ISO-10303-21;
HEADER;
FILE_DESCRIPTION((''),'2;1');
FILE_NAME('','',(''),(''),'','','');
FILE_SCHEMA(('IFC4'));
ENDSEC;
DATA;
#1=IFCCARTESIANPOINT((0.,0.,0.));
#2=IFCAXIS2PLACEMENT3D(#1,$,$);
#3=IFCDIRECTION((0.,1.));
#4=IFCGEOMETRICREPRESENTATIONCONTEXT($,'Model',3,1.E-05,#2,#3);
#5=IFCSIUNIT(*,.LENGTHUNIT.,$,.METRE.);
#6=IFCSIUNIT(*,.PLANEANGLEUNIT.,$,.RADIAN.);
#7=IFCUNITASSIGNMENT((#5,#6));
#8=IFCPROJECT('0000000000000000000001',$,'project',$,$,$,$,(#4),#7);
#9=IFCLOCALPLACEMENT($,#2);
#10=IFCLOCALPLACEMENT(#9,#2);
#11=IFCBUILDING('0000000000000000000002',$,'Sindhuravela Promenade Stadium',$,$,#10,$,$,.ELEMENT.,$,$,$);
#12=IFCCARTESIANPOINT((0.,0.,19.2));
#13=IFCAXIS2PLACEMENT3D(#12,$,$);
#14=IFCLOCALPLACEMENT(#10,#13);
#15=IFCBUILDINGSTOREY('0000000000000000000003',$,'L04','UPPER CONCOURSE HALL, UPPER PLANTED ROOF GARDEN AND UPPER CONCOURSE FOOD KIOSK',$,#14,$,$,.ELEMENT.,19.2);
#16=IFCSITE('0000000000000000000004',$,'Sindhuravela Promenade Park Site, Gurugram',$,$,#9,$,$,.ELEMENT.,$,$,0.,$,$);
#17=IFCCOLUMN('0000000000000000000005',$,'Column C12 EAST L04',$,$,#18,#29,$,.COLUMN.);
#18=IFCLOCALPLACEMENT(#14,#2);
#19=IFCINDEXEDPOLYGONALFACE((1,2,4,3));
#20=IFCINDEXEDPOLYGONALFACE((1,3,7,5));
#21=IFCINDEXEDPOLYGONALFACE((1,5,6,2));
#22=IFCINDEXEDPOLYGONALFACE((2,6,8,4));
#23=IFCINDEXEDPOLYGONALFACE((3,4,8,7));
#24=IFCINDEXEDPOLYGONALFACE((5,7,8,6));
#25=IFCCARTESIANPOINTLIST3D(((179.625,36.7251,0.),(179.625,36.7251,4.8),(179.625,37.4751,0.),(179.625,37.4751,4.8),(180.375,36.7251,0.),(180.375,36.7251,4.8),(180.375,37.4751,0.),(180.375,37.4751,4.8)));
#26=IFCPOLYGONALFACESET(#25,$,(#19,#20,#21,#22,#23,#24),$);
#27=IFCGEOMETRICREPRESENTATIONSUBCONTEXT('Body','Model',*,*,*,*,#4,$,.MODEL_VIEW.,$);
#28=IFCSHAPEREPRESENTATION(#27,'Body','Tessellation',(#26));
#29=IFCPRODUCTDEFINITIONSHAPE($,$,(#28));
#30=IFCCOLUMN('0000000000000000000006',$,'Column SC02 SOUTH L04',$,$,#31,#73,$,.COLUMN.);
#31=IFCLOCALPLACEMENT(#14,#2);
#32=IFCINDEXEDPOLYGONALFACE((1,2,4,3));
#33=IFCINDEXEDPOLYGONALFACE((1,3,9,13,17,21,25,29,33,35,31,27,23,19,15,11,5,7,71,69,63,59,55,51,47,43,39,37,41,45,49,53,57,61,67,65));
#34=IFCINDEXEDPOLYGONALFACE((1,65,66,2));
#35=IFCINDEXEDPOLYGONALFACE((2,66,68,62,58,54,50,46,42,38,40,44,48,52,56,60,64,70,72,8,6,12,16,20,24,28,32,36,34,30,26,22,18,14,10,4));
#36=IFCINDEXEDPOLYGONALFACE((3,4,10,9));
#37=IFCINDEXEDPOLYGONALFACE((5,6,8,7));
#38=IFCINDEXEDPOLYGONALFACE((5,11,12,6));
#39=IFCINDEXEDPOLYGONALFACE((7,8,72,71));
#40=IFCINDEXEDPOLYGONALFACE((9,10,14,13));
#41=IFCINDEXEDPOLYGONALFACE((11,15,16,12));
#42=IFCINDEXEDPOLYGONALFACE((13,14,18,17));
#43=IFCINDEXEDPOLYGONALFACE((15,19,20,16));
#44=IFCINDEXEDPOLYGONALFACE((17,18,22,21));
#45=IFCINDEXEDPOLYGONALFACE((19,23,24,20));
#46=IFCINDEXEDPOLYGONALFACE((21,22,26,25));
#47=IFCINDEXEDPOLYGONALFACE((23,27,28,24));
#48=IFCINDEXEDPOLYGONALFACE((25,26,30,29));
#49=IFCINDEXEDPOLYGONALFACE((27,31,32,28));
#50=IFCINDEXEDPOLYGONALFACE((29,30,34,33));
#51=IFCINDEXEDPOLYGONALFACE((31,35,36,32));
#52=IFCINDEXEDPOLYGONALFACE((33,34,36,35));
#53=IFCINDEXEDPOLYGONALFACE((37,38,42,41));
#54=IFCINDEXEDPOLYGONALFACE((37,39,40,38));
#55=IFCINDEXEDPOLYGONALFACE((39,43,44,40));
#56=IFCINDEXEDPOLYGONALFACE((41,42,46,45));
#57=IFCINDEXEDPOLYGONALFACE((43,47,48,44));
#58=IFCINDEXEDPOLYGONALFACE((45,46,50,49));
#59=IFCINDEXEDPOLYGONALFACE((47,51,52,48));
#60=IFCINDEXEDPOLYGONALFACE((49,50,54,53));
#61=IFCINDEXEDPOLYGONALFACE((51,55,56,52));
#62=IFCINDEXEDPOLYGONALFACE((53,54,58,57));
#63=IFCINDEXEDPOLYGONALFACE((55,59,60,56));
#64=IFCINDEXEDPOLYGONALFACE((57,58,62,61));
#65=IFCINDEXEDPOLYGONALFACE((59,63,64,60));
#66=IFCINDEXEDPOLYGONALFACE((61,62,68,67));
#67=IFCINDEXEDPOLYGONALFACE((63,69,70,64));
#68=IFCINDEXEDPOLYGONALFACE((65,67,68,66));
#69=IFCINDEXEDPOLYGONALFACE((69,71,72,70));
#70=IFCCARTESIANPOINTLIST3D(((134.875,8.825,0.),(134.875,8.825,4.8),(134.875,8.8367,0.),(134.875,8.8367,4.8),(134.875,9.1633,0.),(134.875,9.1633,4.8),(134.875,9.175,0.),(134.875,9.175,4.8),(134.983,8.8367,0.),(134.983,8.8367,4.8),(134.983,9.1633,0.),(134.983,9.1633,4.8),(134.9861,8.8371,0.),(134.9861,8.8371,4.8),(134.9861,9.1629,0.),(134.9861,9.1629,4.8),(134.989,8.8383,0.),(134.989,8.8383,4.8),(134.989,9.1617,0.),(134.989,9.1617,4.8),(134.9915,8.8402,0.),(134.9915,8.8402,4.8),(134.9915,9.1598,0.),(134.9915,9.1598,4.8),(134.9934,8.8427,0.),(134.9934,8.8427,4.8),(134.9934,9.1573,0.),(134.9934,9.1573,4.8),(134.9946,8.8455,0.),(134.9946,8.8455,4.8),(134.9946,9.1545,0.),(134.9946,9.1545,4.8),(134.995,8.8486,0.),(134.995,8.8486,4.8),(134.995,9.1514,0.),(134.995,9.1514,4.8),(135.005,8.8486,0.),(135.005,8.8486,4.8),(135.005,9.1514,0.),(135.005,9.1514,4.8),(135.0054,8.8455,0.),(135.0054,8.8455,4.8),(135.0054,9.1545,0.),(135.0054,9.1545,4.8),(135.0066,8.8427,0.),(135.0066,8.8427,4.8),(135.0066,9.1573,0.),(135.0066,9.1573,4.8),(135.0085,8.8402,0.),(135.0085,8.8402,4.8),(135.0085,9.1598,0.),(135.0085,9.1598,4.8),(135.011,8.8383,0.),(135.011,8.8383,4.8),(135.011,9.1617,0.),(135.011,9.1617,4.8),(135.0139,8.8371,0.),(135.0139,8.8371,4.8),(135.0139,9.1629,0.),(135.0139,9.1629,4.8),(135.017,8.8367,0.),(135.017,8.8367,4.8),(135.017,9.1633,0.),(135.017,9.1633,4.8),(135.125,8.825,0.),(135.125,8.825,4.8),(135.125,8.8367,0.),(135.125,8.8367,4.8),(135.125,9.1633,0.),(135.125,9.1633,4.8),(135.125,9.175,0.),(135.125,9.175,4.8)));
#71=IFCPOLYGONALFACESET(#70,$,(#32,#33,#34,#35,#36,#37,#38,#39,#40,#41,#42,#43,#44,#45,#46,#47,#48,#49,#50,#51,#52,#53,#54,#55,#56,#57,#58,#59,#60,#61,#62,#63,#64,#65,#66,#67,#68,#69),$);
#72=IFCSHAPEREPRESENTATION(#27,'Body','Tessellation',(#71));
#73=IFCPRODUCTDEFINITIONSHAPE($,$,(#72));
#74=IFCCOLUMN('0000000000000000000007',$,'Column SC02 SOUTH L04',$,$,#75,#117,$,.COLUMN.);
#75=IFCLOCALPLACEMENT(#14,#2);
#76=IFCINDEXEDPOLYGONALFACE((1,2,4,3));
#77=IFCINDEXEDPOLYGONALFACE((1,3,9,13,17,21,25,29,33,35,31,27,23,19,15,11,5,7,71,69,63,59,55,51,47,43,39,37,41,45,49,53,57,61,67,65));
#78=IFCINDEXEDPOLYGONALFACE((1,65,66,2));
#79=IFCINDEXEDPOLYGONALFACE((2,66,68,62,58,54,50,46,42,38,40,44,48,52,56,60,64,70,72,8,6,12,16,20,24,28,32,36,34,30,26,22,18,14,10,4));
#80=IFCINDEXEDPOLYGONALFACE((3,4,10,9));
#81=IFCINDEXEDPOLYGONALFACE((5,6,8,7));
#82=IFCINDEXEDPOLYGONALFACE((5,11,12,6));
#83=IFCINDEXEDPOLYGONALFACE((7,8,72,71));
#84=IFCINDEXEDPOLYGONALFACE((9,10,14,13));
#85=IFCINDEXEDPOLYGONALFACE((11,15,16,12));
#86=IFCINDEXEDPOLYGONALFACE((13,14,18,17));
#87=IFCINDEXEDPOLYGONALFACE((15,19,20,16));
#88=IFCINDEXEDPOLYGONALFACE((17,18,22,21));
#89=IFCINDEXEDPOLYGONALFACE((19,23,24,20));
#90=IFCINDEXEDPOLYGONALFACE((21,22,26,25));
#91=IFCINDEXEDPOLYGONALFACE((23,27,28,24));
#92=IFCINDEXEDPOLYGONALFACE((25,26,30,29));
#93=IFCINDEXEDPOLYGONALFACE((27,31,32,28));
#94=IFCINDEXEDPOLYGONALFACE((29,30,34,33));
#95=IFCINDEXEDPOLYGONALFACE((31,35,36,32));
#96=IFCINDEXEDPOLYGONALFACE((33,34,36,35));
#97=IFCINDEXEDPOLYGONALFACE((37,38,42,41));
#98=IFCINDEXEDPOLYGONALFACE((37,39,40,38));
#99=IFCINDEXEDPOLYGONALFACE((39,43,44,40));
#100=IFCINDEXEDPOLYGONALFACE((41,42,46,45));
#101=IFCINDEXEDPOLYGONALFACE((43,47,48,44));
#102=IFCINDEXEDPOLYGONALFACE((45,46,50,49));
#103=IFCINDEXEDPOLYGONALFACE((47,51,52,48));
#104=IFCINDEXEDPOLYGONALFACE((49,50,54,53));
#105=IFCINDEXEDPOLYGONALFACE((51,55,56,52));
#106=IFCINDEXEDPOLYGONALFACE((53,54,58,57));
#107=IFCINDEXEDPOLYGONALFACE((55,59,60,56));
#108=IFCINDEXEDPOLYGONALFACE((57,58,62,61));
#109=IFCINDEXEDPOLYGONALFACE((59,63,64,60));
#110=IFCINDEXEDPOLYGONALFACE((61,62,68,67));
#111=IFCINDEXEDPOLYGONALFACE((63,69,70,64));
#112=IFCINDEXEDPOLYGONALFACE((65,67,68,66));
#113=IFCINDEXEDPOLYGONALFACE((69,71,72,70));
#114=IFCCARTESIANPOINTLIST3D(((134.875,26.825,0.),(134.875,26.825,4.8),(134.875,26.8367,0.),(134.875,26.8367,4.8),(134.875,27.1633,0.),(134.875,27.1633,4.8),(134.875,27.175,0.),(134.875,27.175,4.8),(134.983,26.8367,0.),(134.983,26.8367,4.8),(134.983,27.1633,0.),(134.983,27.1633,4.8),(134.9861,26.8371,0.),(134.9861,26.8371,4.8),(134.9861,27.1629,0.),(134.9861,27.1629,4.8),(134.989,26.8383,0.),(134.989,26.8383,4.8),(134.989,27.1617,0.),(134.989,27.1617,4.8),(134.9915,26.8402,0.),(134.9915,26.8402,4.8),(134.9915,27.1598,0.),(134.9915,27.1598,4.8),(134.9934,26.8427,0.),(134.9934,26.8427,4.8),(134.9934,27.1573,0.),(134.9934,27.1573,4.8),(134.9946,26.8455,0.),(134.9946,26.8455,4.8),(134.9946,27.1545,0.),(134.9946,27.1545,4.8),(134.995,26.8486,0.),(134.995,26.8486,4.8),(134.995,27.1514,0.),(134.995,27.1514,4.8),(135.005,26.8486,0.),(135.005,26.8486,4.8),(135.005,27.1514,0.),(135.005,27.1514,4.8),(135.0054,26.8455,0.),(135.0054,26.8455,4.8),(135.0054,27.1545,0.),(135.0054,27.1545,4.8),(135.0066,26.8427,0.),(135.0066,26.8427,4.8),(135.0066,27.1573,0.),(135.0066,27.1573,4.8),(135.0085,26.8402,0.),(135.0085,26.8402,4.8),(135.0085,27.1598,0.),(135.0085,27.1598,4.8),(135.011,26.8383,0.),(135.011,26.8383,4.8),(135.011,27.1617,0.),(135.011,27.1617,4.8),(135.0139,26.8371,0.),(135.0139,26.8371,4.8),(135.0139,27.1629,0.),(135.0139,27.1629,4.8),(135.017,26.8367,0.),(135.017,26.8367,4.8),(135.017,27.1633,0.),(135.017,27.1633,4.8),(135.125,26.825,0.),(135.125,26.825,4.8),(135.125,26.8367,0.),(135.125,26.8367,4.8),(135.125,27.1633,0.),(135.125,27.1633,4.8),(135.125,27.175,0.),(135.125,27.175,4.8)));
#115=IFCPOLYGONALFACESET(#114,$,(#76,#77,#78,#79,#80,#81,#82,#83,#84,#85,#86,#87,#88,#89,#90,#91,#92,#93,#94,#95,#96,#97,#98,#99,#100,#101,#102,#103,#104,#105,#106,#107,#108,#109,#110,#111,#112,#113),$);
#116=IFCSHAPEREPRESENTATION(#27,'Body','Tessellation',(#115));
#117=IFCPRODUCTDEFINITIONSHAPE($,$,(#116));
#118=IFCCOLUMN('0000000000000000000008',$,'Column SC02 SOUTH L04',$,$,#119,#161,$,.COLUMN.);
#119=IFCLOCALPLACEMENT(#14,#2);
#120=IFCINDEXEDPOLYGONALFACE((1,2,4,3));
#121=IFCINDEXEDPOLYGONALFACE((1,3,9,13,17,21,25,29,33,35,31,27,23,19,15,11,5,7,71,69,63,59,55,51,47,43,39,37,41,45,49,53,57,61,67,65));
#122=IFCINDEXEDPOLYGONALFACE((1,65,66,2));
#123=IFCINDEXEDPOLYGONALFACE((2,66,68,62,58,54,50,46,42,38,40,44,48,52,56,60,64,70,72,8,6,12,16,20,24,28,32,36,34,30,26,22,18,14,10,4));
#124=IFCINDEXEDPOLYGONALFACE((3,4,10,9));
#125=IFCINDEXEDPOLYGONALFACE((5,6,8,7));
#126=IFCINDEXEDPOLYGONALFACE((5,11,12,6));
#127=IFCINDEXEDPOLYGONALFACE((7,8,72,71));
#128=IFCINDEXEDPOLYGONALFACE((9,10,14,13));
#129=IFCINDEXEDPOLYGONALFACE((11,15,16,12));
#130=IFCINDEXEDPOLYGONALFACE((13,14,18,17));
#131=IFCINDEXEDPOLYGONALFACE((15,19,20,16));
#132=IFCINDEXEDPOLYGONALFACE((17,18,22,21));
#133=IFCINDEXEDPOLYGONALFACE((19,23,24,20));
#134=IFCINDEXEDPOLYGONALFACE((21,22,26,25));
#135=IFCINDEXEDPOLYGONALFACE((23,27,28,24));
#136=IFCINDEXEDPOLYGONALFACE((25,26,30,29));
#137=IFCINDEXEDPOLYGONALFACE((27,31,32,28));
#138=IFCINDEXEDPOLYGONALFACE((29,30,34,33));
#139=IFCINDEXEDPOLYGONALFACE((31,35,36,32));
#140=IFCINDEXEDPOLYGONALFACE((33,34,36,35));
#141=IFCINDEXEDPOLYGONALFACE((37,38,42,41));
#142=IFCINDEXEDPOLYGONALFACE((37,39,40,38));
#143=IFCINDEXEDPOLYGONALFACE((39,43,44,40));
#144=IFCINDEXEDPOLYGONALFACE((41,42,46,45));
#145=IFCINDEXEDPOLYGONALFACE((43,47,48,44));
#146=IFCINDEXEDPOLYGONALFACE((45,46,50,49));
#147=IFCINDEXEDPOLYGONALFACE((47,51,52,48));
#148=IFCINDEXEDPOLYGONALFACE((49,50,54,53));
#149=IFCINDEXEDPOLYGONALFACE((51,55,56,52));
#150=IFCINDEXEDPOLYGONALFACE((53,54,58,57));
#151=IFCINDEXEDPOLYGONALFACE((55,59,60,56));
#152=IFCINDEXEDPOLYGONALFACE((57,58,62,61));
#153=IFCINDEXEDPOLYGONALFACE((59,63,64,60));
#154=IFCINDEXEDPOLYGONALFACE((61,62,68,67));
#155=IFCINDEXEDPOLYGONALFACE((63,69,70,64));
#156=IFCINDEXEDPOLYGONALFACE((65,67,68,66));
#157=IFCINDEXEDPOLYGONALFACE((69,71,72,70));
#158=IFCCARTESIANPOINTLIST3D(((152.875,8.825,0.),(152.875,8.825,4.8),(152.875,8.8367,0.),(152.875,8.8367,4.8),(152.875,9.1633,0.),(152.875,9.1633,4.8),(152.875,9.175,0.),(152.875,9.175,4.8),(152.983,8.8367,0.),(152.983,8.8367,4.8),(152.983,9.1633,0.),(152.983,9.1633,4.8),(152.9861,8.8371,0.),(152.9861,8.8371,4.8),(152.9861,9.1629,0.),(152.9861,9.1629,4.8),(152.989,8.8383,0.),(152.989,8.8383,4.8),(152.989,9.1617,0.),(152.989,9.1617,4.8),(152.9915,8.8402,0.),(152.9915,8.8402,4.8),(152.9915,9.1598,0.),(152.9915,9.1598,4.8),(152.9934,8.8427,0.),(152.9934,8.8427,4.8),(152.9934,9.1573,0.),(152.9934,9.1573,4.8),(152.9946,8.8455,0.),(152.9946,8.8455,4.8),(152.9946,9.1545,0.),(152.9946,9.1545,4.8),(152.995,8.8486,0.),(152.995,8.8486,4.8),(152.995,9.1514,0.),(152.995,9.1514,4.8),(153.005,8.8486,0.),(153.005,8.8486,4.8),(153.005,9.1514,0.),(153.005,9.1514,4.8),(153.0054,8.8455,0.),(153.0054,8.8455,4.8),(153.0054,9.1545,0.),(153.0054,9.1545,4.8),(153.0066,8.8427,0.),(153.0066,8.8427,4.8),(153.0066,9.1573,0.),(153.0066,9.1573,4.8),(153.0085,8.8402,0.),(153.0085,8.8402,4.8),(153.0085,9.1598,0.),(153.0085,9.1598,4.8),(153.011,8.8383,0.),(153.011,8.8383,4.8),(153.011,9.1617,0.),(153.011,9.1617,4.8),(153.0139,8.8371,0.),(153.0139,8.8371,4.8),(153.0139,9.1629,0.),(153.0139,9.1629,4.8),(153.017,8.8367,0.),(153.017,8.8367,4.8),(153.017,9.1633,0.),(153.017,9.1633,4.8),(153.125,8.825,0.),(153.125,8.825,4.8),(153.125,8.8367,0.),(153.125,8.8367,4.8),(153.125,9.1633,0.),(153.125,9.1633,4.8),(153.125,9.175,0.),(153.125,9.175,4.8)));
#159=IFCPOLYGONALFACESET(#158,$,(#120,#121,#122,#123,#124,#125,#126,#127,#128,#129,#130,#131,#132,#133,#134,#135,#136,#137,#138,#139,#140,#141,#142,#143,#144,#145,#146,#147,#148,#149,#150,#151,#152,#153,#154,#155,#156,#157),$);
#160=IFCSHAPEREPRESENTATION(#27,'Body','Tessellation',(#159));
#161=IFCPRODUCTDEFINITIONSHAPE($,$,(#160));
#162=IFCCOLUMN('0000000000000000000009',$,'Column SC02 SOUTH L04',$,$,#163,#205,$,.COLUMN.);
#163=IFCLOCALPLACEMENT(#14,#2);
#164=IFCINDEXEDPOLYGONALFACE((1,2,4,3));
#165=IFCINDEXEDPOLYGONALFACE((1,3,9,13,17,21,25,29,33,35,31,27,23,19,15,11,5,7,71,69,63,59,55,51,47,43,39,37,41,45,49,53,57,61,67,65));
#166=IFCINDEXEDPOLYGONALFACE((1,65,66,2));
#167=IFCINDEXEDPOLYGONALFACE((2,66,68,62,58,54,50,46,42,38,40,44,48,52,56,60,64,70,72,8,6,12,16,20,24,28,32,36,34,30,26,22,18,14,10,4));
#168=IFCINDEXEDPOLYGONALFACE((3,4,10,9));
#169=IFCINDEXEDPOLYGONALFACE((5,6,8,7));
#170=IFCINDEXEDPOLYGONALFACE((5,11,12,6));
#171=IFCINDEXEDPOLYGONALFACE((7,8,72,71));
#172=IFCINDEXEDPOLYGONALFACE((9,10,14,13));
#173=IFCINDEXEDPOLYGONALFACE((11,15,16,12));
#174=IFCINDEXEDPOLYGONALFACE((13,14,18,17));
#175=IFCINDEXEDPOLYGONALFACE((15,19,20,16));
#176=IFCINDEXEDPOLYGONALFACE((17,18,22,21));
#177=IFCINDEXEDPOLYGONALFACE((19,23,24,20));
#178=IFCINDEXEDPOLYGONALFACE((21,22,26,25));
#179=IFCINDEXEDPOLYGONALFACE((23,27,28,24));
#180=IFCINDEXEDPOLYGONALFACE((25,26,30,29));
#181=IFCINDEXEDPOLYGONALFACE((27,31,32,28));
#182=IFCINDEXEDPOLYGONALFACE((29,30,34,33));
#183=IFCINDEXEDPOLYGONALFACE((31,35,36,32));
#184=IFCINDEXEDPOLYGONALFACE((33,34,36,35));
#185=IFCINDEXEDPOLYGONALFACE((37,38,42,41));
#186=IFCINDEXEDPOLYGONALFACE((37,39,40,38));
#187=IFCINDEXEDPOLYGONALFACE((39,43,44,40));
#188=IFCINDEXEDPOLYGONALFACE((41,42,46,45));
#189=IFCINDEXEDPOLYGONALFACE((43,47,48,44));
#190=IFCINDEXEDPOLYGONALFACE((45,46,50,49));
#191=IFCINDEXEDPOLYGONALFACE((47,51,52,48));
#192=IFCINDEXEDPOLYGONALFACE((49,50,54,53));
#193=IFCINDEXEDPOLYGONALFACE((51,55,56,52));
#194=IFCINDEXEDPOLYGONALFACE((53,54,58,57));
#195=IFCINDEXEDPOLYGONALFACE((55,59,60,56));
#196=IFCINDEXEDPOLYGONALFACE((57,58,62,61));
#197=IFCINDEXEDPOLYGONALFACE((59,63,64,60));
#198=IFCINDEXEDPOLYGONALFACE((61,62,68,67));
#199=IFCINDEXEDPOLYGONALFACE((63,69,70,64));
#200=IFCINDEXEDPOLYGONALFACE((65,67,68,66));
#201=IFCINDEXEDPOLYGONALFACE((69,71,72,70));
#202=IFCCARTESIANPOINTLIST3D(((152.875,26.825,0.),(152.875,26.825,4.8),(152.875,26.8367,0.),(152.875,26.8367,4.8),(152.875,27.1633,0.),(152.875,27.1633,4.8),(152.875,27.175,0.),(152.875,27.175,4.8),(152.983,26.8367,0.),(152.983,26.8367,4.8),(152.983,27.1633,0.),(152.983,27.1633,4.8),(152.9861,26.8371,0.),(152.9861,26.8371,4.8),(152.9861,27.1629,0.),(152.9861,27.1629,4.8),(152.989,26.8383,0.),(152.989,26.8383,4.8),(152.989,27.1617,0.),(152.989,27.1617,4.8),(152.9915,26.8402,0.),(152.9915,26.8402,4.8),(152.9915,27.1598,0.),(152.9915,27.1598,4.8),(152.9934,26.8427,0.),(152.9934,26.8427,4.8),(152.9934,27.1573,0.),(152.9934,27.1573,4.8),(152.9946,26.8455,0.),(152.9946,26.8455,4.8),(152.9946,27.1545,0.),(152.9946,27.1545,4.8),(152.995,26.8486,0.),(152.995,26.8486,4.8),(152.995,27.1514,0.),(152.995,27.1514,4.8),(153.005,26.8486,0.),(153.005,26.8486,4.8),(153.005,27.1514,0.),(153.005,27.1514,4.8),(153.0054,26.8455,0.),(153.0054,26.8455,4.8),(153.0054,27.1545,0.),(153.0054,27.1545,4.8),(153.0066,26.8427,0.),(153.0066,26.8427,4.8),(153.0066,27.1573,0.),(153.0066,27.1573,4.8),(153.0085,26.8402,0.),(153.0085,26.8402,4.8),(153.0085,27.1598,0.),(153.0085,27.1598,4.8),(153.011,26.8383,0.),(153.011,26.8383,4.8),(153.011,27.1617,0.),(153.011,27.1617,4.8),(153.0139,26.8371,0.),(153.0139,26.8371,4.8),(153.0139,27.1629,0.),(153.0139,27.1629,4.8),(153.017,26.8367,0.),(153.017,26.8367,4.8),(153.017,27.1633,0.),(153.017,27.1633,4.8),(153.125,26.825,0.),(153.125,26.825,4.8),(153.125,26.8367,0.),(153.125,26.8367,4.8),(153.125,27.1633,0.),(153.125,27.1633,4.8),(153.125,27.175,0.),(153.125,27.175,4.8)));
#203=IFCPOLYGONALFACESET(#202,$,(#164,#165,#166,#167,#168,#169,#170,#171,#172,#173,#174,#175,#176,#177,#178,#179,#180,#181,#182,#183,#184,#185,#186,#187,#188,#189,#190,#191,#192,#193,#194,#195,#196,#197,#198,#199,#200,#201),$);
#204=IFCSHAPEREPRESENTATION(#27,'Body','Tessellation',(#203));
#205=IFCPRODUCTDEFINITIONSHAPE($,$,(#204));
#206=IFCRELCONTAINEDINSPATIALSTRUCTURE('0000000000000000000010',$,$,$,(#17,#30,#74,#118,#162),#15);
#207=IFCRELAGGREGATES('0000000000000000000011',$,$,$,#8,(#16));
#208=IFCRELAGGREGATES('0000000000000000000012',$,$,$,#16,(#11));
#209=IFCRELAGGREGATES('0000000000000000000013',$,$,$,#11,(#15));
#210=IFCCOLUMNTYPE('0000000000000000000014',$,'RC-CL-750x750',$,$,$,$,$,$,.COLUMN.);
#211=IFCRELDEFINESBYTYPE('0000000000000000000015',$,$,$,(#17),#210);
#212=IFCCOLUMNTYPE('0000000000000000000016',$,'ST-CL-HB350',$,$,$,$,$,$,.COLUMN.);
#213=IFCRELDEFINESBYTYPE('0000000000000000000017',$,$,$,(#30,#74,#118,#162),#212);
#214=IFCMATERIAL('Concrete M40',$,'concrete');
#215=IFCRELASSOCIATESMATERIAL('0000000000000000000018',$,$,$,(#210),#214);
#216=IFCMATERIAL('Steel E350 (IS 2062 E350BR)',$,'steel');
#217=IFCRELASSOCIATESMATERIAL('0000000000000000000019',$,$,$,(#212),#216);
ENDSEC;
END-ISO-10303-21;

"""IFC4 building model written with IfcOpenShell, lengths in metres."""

from ifc_helpers import new_model, si_unit, direction, frame, origin, origin_2d, place, context, subcontext, project, spatial, rectangle, i_section, extrude, material, material_profile, profile_set, type_object, element, save


model = new_model("IFC4")

# Units and contexts
model_context = context("Model", 3, precision=1e-05, world=origin(), true_north=direction((0.0, 1.0)))
body_context = subcontext(model_context, "Body", "Model", "MODEL_VIEW")
ifc_project = project(units=[si_unit("LENGTHUNIT", "METRE"), si_unit("PLANEANGLEUNIT", "RADIAN")], contexts=[model_context])

# Site, building, storey
site_placement = place(None, origin())
site = spatial("IfcSite", under=ifc_project, at=site_placement, Name="Sindhuravela Promenade Park Site, Gurugram", CompositionType="ELEMENT", RefElevation=0.0)
building_placement = place(site_placement, origin())
building = spatial("IfcBuilding", under=site, at=building_placement, Name="Sindhuravela Promenade Stadium", CompositionType="ELEMENT")
storey_placement = place(building_placement, frame((0.0, 0.0, 19.2)))
storey = spatial("IfcBuildingStorey", under=building, at=storey_placement, Name="L04", Description="UPPER CONCOURSE HALL, UPPER PLANTED ROOF GARDEN AND UPPER CONCOURSE FOOD KIOSK", CompositionType="ELEMENT", Elevation=19.2)

# Columns
ifc_material_1 = material(Name="Concrete M40", Category="concrete")
ifc_material_profile_1 = material_profile(ifc_material_1, rectangle(XDim=0.75, YDim=0.75, at=origin_2d()), Name="RC 750x750")
ifc_profile_set_1 = profile_set([ifc_material_profile_1], Name="Concrete M40")
column_type_1 = type_object("IfcColumnType", Name="RC-CL-750x750", PredefinedType="COLUMN", material=ifc_profile_set_1)
column_placement = place(storey_placement, frame((180.0, 37.1001, 0.0), z_axis=(0.0, 0.0, 1.0), x_axis=(1.0, 0.0, 0.0)))
element("IfcColumn", 1, at=column_placement, inside=storey, type_object=column_type_1, Name="Column C12 EAST L04", PredefinedType="COLUMN", context=body_context, shape_type="SweptSolid", body=[
    extrude(rectangle(XDim=0.75, YDim=0.75, at=origin_2d()), origin(), (0.0, 0.0, 1.0), 4.8),
])
ifc_material_2 = material(Name="Steel E350 (IS 2062 E350BR)", Category="steel")
ifc_material_profile_2 = material_profile(ifc_material_2, i_section(OverallWidth=0.25, OverallDepth=0.3501, WebThickness=0.01, FlangeThickness=0.0117, FilletRadius=0.012, at=origin_2d()), Name="ISHB 350")
ifc_profile_set_2 = profile_set([ifc_material_profile_2], Name="Steel E350 (IS 2062 E350BR)")
column_type_2 = type_object("IfcColumnType", Name="ST-CL-HB350", PredefinedType="COLUMN", material=ifc_profile_set_2)
for number, where, z_axis, x_axis, name in (
    (2, (135.0, 9.0, 0.0), (0.0, 0.0, 1.0), (1.0, 0.0, 0.0), "Column SC02 SOUTH L04"),
    (3, (135.0, 27.0, 0.0), (0.0, 0.0, 1.0), (1.0, 0.0, 0.0), "Column SC02 SOUTH L04"),
    (4, (153.0, 9.0, 0.0), (0.0, 0.0, 1.0), (1.0, 0.0, 0.0), "Column SC02 SOUTH L04"),
    (5, (153.0, 27.0, 0.0), (0.0, 0.0, 1.0), (1.0, 0.0, 0.0), "Column SC02 SOUTH L04"),
):
    element("IfcColumn", number, at=place(storey_placement, frame(where, z_axis=z_axis, x_axis=x_axis)), inside=storey, type_object=column_type_2, Name=name, PredefinedType="COLUMN", context=body_context, shape_type="SweptSolid", body=[
        extrude(i_section(OverallWidth=0.25, OverallDepth=0.3501, WebThickness=0.01, FlangeThickness=0.0117, FilletRadius=0.012, at=origin_2d()), origin(), (0.0, 0.0, 1.0), 4.8),
    ])

save(model, "model.ifc")
